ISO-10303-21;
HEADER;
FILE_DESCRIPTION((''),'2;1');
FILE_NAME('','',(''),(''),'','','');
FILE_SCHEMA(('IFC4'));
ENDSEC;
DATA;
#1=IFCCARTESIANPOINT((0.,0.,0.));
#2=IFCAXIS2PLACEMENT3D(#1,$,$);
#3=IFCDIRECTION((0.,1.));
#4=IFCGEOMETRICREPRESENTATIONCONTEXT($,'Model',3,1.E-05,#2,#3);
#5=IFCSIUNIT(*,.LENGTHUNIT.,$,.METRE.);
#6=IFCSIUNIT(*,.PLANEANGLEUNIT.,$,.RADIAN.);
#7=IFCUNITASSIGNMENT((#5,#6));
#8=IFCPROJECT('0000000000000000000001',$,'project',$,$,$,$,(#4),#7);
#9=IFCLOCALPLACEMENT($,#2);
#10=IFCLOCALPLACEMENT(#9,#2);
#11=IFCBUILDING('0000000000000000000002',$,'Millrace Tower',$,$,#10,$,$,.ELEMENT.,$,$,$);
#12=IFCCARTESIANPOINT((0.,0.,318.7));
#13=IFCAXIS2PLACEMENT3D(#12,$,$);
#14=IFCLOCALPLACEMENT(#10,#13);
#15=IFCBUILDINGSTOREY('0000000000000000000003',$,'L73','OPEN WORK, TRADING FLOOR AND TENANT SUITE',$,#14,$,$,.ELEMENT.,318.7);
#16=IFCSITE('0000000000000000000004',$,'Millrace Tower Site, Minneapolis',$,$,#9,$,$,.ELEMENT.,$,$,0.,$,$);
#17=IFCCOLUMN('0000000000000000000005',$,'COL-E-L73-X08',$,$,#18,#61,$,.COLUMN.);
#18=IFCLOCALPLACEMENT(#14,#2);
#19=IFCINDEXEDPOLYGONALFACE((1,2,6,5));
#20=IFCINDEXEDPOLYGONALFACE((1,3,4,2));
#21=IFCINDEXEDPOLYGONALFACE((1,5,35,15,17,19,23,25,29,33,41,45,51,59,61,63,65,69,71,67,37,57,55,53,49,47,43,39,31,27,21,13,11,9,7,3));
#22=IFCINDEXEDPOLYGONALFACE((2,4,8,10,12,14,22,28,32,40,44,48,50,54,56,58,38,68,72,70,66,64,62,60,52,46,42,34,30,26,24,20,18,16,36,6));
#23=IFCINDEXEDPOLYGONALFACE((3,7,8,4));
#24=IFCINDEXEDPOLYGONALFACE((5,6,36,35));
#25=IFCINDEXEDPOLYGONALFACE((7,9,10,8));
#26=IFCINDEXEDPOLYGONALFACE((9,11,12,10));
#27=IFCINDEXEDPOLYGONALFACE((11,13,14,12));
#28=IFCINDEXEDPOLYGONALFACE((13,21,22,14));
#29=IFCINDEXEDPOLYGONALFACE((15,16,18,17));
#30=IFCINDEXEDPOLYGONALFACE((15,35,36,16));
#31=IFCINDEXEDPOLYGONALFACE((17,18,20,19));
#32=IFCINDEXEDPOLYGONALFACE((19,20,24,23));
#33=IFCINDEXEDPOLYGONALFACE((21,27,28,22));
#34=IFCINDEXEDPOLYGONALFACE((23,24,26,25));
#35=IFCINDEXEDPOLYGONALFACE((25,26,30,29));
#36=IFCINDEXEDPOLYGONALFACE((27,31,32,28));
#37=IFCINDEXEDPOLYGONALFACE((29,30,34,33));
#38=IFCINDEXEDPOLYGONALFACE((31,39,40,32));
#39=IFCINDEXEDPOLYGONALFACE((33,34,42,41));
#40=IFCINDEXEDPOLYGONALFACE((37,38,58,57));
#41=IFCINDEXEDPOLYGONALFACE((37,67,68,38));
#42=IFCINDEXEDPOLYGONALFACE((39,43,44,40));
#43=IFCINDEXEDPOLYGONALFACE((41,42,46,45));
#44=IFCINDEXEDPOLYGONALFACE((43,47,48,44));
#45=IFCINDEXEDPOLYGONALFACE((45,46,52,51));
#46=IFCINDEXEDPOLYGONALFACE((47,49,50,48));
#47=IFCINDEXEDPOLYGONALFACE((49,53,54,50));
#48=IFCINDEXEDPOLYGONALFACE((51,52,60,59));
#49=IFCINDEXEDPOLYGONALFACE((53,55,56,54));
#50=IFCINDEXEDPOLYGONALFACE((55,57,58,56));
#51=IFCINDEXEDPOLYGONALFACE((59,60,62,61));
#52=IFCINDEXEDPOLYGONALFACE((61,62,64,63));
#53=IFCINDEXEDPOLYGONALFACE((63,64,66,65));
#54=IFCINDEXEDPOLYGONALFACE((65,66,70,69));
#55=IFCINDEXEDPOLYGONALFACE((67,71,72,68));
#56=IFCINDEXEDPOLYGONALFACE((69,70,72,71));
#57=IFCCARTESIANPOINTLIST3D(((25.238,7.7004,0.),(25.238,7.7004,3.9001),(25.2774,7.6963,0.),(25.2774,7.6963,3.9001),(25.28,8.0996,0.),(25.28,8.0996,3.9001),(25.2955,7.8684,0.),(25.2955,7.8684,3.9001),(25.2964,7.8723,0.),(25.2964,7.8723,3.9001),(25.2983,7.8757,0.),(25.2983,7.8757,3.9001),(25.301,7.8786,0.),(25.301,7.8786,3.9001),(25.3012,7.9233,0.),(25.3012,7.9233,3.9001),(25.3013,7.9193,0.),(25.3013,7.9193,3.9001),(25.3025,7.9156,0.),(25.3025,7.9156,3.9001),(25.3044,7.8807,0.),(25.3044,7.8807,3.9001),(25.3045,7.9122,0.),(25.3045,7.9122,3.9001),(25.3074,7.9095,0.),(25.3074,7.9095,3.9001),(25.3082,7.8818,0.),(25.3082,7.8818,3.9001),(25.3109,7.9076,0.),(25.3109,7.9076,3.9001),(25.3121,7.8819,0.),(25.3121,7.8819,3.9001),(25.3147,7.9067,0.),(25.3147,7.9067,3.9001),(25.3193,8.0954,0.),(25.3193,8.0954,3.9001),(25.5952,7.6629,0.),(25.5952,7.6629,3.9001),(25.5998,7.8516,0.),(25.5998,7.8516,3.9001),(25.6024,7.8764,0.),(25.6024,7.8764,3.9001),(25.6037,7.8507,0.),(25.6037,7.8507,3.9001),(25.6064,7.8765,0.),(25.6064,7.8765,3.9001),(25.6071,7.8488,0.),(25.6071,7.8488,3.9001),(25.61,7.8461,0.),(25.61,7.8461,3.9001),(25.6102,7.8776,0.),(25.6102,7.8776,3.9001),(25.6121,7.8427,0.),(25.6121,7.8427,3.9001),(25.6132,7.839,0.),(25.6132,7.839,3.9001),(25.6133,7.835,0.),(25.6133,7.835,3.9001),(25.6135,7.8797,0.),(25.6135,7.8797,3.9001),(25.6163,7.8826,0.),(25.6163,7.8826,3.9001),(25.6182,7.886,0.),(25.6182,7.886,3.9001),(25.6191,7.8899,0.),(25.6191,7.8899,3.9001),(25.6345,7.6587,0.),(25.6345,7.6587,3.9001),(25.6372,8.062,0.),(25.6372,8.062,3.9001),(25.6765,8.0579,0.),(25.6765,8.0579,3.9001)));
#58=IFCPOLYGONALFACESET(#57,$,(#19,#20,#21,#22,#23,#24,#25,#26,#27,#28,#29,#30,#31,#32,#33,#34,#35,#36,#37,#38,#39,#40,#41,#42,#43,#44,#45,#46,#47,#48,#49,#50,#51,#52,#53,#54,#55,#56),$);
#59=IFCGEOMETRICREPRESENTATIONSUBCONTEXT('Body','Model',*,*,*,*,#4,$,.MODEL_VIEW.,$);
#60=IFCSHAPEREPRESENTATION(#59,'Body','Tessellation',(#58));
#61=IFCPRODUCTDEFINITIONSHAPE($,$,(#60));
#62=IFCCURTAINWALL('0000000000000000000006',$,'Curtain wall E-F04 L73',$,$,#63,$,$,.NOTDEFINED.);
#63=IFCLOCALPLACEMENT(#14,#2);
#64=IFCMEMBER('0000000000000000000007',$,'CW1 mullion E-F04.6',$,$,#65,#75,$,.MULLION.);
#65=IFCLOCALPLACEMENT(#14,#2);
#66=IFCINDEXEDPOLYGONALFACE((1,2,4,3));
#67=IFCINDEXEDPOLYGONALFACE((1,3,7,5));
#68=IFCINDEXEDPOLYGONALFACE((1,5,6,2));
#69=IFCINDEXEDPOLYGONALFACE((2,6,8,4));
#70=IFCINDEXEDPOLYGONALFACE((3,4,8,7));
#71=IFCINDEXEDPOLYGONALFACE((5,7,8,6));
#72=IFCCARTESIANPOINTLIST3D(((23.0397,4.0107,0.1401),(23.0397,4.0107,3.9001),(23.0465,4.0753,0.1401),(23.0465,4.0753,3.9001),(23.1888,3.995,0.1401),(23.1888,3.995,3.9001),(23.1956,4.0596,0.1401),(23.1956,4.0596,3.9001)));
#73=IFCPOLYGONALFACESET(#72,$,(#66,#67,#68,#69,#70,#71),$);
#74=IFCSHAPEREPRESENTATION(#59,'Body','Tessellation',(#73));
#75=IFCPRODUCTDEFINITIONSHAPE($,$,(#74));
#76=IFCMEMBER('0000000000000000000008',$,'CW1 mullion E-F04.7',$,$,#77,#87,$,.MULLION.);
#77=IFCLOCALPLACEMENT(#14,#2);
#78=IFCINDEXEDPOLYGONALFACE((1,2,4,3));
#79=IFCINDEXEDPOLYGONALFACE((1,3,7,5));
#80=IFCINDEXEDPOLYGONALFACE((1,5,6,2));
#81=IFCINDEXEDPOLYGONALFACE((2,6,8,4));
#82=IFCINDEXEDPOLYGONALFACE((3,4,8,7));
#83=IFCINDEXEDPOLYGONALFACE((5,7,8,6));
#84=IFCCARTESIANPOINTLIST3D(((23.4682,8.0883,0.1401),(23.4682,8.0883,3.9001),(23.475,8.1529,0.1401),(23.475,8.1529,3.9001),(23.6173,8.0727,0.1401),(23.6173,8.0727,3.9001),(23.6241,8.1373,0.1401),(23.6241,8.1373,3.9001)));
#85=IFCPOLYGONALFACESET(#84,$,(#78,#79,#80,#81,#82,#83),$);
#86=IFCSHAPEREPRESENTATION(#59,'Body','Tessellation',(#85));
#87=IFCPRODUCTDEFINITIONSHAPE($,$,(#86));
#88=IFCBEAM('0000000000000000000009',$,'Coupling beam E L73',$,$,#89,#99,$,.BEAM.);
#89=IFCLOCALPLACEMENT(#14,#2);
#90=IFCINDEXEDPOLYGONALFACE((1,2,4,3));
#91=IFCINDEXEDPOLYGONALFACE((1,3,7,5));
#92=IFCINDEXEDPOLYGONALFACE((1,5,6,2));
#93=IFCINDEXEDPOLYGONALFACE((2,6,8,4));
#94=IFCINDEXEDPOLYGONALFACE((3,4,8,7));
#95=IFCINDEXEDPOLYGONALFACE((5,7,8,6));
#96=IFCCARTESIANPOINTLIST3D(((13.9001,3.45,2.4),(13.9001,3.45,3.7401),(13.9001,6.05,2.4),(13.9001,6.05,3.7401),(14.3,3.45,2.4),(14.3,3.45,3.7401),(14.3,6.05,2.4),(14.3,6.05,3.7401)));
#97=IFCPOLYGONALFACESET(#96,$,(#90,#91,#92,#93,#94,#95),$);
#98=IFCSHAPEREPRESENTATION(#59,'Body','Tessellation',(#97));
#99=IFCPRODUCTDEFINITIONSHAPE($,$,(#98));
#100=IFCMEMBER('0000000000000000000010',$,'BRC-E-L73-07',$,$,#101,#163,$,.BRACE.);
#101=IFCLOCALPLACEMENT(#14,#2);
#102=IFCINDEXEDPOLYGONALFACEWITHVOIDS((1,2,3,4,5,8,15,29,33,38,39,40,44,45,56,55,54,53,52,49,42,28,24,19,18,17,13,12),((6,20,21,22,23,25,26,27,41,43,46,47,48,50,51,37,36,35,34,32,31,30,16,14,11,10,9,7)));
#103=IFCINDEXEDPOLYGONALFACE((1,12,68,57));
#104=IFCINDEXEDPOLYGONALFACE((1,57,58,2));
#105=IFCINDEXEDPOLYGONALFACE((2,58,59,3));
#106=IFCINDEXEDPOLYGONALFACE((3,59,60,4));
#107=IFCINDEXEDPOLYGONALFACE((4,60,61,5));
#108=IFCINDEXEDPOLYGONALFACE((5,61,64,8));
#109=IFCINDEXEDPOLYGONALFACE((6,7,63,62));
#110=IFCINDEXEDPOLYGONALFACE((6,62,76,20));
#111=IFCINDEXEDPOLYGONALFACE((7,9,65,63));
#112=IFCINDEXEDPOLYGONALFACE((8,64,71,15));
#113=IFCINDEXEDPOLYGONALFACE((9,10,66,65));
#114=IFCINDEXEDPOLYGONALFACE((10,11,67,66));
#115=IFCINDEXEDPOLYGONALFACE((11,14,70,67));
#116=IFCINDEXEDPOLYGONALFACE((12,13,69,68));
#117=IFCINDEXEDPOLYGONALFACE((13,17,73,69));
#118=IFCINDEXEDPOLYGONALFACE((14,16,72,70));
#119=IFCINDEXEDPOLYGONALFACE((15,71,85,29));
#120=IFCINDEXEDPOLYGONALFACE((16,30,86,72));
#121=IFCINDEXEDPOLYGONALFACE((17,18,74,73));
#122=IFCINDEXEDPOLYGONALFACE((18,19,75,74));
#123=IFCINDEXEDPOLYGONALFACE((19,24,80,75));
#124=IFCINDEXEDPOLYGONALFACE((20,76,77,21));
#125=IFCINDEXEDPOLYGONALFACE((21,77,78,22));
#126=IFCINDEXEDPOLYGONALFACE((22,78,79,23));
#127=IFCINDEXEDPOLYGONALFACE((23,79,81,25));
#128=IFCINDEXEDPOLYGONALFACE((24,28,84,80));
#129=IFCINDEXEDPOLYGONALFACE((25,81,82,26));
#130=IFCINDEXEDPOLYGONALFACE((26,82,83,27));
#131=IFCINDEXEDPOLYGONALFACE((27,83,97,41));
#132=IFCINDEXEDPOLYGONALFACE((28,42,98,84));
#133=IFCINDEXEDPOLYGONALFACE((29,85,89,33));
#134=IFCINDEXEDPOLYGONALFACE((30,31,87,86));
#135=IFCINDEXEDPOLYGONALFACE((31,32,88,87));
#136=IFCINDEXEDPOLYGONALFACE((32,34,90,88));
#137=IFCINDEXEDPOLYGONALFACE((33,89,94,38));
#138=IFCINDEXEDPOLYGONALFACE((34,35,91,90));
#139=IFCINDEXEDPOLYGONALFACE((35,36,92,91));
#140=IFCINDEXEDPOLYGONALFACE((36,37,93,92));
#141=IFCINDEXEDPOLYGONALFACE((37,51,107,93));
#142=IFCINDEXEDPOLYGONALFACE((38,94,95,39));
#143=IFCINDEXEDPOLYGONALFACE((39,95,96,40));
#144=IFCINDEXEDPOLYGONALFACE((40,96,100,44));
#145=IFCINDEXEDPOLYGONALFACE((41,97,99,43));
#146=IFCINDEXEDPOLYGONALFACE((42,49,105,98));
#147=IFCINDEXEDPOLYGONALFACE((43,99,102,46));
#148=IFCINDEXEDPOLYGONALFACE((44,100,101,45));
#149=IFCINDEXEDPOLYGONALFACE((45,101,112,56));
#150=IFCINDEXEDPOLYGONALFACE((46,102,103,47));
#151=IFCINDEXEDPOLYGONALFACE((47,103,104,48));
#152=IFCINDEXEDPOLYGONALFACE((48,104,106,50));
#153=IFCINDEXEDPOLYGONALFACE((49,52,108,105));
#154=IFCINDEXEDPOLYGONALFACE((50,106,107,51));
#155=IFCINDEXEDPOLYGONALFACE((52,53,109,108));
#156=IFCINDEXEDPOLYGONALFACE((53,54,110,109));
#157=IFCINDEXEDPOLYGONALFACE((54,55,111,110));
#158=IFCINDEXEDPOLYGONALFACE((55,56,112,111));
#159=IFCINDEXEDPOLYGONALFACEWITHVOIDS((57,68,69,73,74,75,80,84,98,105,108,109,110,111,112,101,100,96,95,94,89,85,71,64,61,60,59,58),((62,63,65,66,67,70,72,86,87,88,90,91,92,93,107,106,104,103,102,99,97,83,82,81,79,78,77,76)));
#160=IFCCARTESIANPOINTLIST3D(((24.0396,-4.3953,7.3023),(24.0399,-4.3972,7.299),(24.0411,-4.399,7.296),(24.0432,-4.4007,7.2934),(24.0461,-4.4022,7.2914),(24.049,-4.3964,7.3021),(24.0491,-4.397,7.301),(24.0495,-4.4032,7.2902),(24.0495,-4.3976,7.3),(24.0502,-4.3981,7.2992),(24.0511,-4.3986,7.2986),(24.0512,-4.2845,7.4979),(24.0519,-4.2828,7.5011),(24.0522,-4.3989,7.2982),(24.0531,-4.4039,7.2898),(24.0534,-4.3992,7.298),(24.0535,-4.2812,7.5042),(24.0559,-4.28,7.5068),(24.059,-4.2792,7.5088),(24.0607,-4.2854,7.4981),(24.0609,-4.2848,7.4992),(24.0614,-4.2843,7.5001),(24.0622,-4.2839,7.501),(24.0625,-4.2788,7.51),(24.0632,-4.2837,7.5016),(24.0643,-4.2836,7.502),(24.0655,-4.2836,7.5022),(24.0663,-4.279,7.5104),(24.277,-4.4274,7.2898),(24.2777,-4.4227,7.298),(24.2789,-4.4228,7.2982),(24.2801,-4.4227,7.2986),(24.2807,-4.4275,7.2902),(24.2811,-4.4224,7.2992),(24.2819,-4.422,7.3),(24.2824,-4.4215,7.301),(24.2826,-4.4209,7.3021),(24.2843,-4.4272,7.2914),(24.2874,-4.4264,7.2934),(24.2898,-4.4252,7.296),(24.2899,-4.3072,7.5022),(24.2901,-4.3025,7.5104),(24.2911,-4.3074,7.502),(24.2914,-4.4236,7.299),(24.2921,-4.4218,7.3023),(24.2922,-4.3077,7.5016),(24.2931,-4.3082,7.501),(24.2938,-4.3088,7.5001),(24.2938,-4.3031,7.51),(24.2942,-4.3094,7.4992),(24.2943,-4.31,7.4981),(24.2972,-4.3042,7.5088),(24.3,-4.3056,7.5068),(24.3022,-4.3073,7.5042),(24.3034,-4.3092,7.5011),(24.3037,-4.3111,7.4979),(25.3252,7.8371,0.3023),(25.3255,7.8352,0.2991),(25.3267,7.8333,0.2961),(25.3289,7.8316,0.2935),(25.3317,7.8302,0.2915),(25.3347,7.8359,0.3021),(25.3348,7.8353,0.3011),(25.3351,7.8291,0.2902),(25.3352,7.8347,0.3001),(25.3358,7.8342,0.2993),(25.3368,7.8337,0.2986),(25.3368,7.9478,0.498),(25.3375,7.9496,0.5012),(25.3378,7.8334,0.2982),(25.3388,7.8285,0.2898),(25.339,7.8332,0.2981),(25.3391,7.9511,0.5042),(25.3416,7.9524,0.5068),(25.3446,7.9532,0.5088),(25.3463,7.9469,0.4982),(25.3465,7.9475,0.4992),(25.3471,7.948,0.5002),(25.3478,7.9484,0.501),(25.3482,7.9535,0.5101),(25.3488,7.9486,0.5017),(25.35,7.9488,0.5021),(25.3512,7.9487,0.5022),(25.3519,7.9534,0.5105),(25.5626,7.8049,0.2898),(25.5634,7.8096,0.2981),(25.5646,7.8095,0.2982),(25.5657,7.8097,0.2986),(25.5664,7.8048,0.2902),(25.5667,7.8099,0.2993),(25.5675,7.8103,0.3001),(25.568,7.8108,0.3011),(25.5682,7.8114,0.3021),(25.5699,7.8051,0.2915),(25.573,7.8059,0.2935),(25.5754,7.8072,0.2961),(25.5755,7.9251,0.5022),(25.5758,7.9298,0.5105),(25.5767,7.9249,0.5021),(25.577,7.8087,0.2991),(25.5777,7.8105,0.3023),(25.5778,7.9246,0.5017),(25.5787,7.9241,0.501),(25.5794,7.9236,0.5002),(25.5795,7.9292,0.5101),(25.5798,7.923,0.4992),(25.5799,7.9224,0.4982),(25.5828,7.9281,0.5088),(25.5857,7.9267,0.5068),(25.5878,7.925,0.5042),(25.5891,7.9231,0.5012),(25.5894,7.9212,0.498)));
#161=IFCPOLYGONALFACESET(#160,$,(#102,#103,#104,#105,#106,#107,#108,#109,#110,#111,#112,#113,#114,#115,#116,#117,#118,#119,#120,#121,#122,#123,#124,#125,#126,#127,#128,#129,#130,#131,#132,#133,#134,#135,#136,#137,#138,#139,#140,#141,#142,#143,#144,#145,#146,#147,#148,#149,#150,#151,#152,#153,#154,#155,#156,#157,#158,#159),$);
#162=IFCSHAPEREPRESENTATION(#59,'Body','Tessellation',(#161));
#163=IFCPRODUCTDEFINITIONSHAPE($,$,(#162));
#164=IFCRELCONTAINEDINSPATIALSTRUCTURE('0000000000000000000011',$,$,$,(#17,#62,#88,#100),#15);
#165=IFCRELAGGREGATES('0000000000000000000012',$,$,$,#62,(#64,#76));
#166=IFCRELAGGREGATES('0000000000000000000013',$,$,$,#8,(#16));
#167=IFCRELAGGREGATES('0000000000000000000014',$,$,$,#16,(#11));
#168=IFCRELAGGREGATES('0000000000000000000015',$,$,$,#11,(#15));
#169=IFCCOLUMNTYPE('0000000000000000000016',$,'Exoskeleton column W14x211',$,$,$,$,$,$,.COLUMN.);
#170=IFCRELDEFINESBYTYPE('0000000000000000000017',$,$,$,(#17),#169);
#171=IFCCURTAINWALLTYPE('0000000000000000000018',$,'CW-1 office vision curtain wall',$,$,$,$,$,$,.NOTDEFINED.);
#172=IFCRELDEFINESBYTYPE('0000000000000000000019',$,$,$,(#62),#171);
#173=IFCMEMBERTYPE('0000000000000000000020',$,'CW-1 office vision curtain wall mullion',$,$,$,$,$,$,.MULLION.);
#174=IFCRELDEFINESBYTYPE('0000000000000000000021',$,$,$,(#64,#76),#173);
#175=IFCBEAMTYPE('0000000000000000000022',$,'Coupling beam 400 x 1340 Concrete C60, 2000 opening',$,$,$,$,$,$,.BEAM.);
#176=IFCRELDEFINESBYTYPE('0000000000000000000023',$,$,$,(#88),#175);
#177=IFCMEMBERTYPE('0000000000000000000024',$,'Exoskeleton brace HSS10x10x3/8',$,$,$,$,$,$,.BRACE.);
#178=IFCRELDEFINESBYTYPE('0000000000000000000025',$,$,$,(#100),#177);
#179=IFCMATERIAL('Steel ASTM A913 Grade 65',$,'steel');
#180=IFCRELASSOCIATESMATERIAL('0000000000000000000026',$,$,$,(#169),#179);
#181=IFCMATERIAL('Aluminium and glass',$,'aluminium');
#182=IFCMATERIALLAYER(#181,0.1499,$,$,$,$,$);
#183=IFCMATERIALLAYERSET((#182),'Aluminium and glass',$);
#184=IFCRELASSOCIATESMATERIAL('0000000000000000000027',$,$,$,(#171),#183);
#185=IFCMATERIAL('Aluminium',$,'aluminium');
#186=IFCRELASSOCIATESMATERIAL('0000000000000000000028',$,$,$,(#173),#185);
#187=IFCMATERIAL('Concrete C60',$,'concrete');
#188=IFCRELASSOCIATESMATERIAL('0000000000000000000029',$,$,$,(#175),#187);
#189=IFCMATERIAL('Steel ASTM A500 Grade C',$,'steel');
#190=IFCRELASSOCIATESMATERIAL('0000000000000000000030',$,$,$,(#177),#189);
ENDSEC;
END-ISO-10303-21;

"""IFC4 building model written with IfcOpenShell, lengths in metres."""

from ifc_helpers import new_model, si_unit, direction, frame, origin, origin_2d, place, context, subcontext, project, spatial, rectangle, hollow_rectangle, i_section, extrude, material, layer, layer_set, material_profile, profile_set, type_object, element, aggregate, save


model = new_model("IFC4")

# Units and contexts
model_context = context("Model", 3, precision=1e-05, world=origin(), true_north=direction((0.0, 1.0)))
body_context = subcontext(model_context, "Body", "Model", "MODEL_VIEW")
ifc_project = project(units=[si_unit("LENGTHUNIT", "METRE"), si_unit("PLANEANGLEUNIT", "RADIAN")], contexts=[model_context])

# Site, building, storey
site_placement = place(None, origin())
site = spatial("IfcSite", under=ifc_project, at=site_placement, Name="Millrace Tower Site, Minneapolis", CompositionType="ELEMENT", RefElevation=0.0)
building_placement = place(site_placement, origin())
building = spatial("IfcBuilding", under=site, at=building_placement, Name="Millrace Tower", CompositionType="ELEMENT")
storey_placement = place(building_placement, frame((0.0, 0.0, 318.7)))
storey = spatial("IfcBuildingStorey", under=building, at=storey_placement, Name="L73", Description="OPEN WORK, TRADING FLOOR AND TENANT SUITE", CompositionType="ELEMENT", Elevation=318.7)

# Column
ifc_material_1 = material(Name="Steel ASTM A913 Grade 65", Category="steel")
ifc_material_profile_1 = material_profile(ifc_material_1, i_section(OverallWidth=0.4014, OverallDepth=0.3987, WebThickness=0.0249, FlangeThickness=0.0396, FilletRadius=0.0151, at=origin_2d()))
ifc_profile_set_1 = profile_set([ifc_material_profile_1], Name="Steel ASTM A913 Grade 65")
column_type = type_object("IfcColumnType", Name="Exoskeleton column W14x211", PredefinedType="COLUMN", material=ifc_profile_set_1)
column_placement = place(storey_placement, frame((25.4573, 7.8792, 0.0), z_axis=(0.0, 0.0, 1.0), x_axis=(0.104528, 0.994522, 0.0)))
element("IfcColumn", 1, at=column_placement, inside=storey, type_object=column_type, Name="COL-E-L73-X08", PredefinedType="COLUMN", context=body_context, shape_type="SweptSolid", body=[
    extrude(i_section(OverallWidth=0.4014, OverallDepth=0.3987, WebThickness=0.0249, FlangeThickness=0.0396, FilletRadius=0.0151, at=origin_2d()), origin(), (0.0, 0.0, 1.0), 3.9001),
])

# Curtain wall, members
ifc_material_2 = material(Name="Aluminium and glass", Category="aluminium")
ifc_layer_1 = layer(ifc_material_2, 0.1499)
ifc_layer_set_1 = layer_set([ifc_layer_1], Name="Aluminium and glass")
curtain_wall_type = type_object("IfcCurtainWallType", Name="CW-1 office vision curtain wall", PredefinedType="NOTDEFINED", material=ifc_layer_set_1)
curtain_wall_placement = place(storey_placement, origin())
curtain_wall = element("IfcCurtainWall", 2, at=curtain_wall_placement, inside=storey, type_object=curtain_wall_type, Name="Curtain wall E-F04 L73", PredefinedType="NOTDEFINED")
ifc_material_3 = material(Name="Aluminium", Category="aluminium")
ifc_material_profile_2 = material_profile(ifc_material_3, rectangle(XDim=0.0649, YDim=0.1499, at=origin_2d()))
ifc_profile_set_2 = profile_set([ifc_material_profile_2], Name="Aluminium")
member_type_1 = type_object("IfcMemberType", Name="CW-1 office vision curtain wall mullion", PredefinedType="MULLION", material=ifc_profile_set_2)
member_1_placement = place(storey_placement, frame((23.1177, 4.0352, 0.1401), z_axis=(0.0, 0.0, 1.0), x_axis=(0.104528, 0.994522, 0.0)))
member_1 = element("IfcMember", 3, at=member_1_placement, type_object=member_type_1, Name="CW1 mullion E-F04.6", PredefinedType="MULLION", context=body_context, shape_type="SweptSolid", body=[
    extrude(rectangle(XDim=0.0649, YDim=0.1499, at=origin_2d()), origin(), (0.0, 0.0, 1.0), 3.76),
])
member_2_placement = place(storey_placement, frame((23.5461, 8.1128, 0.1401), z_axis=(0.0, 0.0, 1.0), x_axis=(0.104528, 0.994522, 0.0)))
member_2 = element("IfcMember", 4, at=member_2_placement, type_object=member_type_1, Name="CW1 mullion E-F04.7", PredefinedType="MULLION", context=body_context, shape_type="SweptSolid", body=[
    extrude(rectangle(XDim=0.0649, YDim=0.1499, at=origin_2d()), origin(), (0.0, 0.0, 1.0), 3.76),
])
aggregate(curtain_wall, [member_1, member_2])

# Beam
ifc_material_4 = material(Name="Concrete C60", Category="concrete")
ifc_material_profile_3 = material_profile(ifc_material_4, rectangle(XDim=0.3999, YDim=1.3401, at=origin_2d()))
ifc_profile_set_3 = profile_set([ifc_material_profile_3], Name="Concrete C60")
beam_type_1 = type_object("IfcBeamType", Name="Coupling beam 400 x 1340 Concrete C60, 2000 opening", PredefinedType="BEAM", material=ifc_profile_set_3)
beam_1_placement = place(storey_placement, frame((14.1001, 6.05, 3.0701), z_axis=(0.0, -1.0, 0.0), x_axis=(1.0, 0.0, 0.0)))
element("IfcBeam", 5, at=beam_1_placement, inside=storey, type_object=beam_type_1, Name="Coupling beam E L73", PredefinedType="BEAM", context=body_context, shape_type="SweptSolid", body=[
    extrude(rectangle(XDim=0.3999, YDim=1.3401, at=origin_2d()), origin(), (0.0, 0.0, 1.0), 2.6001),
])

# Member
ifc_material_5 = material(Name="Steel ASTM A500 Grade C", Category="steel")
ifc_material_profile_4 = material_profile(ifc_material_5, hollow_rectangle(XDim=0.2539, YDim=0.2539, WallThickness=0.0095, InnerFilletRadius=0.0046, OuterFilletRadius=0.0144, at=origin_2d()))
ifc_profile_set_4 = profile_set([ifc_material_profile_4], Name="Steel ASTM A500 Grade C")
member_type_2 = type_object("IfcMemberType", Name="Exoskeleton brace HSS10x10x3/8", PredefinedType="BRACE", material=ifc_profile_set_4)
member_3_placement = place(storey_placement, frame((25.4573, 7.8792, 0.4001), z_axis=(-0.090844, -0.864347, 0.494622), x_axis=(0.994522, -0.104526, 0.0)))
element("IfcMember", 6, at=member_3_placement, inside=storey, type_object=member_type_2, Name="BRC-E-L73-07", PredefinedType="BRACE", context=body_context, shape_type="SweptSolid", body=[
    extrude(hollow_rectangle(XDim=0.2539, YDim=0.2539, WallThickness=0.0095, InnerFilletRadius=0.0046, OuterFilletRadius=0.0144, at=origin_2d()), origin(), (0.0, 0.0, 1.0), 14.1521),
])

save(model, "model.ifc")
